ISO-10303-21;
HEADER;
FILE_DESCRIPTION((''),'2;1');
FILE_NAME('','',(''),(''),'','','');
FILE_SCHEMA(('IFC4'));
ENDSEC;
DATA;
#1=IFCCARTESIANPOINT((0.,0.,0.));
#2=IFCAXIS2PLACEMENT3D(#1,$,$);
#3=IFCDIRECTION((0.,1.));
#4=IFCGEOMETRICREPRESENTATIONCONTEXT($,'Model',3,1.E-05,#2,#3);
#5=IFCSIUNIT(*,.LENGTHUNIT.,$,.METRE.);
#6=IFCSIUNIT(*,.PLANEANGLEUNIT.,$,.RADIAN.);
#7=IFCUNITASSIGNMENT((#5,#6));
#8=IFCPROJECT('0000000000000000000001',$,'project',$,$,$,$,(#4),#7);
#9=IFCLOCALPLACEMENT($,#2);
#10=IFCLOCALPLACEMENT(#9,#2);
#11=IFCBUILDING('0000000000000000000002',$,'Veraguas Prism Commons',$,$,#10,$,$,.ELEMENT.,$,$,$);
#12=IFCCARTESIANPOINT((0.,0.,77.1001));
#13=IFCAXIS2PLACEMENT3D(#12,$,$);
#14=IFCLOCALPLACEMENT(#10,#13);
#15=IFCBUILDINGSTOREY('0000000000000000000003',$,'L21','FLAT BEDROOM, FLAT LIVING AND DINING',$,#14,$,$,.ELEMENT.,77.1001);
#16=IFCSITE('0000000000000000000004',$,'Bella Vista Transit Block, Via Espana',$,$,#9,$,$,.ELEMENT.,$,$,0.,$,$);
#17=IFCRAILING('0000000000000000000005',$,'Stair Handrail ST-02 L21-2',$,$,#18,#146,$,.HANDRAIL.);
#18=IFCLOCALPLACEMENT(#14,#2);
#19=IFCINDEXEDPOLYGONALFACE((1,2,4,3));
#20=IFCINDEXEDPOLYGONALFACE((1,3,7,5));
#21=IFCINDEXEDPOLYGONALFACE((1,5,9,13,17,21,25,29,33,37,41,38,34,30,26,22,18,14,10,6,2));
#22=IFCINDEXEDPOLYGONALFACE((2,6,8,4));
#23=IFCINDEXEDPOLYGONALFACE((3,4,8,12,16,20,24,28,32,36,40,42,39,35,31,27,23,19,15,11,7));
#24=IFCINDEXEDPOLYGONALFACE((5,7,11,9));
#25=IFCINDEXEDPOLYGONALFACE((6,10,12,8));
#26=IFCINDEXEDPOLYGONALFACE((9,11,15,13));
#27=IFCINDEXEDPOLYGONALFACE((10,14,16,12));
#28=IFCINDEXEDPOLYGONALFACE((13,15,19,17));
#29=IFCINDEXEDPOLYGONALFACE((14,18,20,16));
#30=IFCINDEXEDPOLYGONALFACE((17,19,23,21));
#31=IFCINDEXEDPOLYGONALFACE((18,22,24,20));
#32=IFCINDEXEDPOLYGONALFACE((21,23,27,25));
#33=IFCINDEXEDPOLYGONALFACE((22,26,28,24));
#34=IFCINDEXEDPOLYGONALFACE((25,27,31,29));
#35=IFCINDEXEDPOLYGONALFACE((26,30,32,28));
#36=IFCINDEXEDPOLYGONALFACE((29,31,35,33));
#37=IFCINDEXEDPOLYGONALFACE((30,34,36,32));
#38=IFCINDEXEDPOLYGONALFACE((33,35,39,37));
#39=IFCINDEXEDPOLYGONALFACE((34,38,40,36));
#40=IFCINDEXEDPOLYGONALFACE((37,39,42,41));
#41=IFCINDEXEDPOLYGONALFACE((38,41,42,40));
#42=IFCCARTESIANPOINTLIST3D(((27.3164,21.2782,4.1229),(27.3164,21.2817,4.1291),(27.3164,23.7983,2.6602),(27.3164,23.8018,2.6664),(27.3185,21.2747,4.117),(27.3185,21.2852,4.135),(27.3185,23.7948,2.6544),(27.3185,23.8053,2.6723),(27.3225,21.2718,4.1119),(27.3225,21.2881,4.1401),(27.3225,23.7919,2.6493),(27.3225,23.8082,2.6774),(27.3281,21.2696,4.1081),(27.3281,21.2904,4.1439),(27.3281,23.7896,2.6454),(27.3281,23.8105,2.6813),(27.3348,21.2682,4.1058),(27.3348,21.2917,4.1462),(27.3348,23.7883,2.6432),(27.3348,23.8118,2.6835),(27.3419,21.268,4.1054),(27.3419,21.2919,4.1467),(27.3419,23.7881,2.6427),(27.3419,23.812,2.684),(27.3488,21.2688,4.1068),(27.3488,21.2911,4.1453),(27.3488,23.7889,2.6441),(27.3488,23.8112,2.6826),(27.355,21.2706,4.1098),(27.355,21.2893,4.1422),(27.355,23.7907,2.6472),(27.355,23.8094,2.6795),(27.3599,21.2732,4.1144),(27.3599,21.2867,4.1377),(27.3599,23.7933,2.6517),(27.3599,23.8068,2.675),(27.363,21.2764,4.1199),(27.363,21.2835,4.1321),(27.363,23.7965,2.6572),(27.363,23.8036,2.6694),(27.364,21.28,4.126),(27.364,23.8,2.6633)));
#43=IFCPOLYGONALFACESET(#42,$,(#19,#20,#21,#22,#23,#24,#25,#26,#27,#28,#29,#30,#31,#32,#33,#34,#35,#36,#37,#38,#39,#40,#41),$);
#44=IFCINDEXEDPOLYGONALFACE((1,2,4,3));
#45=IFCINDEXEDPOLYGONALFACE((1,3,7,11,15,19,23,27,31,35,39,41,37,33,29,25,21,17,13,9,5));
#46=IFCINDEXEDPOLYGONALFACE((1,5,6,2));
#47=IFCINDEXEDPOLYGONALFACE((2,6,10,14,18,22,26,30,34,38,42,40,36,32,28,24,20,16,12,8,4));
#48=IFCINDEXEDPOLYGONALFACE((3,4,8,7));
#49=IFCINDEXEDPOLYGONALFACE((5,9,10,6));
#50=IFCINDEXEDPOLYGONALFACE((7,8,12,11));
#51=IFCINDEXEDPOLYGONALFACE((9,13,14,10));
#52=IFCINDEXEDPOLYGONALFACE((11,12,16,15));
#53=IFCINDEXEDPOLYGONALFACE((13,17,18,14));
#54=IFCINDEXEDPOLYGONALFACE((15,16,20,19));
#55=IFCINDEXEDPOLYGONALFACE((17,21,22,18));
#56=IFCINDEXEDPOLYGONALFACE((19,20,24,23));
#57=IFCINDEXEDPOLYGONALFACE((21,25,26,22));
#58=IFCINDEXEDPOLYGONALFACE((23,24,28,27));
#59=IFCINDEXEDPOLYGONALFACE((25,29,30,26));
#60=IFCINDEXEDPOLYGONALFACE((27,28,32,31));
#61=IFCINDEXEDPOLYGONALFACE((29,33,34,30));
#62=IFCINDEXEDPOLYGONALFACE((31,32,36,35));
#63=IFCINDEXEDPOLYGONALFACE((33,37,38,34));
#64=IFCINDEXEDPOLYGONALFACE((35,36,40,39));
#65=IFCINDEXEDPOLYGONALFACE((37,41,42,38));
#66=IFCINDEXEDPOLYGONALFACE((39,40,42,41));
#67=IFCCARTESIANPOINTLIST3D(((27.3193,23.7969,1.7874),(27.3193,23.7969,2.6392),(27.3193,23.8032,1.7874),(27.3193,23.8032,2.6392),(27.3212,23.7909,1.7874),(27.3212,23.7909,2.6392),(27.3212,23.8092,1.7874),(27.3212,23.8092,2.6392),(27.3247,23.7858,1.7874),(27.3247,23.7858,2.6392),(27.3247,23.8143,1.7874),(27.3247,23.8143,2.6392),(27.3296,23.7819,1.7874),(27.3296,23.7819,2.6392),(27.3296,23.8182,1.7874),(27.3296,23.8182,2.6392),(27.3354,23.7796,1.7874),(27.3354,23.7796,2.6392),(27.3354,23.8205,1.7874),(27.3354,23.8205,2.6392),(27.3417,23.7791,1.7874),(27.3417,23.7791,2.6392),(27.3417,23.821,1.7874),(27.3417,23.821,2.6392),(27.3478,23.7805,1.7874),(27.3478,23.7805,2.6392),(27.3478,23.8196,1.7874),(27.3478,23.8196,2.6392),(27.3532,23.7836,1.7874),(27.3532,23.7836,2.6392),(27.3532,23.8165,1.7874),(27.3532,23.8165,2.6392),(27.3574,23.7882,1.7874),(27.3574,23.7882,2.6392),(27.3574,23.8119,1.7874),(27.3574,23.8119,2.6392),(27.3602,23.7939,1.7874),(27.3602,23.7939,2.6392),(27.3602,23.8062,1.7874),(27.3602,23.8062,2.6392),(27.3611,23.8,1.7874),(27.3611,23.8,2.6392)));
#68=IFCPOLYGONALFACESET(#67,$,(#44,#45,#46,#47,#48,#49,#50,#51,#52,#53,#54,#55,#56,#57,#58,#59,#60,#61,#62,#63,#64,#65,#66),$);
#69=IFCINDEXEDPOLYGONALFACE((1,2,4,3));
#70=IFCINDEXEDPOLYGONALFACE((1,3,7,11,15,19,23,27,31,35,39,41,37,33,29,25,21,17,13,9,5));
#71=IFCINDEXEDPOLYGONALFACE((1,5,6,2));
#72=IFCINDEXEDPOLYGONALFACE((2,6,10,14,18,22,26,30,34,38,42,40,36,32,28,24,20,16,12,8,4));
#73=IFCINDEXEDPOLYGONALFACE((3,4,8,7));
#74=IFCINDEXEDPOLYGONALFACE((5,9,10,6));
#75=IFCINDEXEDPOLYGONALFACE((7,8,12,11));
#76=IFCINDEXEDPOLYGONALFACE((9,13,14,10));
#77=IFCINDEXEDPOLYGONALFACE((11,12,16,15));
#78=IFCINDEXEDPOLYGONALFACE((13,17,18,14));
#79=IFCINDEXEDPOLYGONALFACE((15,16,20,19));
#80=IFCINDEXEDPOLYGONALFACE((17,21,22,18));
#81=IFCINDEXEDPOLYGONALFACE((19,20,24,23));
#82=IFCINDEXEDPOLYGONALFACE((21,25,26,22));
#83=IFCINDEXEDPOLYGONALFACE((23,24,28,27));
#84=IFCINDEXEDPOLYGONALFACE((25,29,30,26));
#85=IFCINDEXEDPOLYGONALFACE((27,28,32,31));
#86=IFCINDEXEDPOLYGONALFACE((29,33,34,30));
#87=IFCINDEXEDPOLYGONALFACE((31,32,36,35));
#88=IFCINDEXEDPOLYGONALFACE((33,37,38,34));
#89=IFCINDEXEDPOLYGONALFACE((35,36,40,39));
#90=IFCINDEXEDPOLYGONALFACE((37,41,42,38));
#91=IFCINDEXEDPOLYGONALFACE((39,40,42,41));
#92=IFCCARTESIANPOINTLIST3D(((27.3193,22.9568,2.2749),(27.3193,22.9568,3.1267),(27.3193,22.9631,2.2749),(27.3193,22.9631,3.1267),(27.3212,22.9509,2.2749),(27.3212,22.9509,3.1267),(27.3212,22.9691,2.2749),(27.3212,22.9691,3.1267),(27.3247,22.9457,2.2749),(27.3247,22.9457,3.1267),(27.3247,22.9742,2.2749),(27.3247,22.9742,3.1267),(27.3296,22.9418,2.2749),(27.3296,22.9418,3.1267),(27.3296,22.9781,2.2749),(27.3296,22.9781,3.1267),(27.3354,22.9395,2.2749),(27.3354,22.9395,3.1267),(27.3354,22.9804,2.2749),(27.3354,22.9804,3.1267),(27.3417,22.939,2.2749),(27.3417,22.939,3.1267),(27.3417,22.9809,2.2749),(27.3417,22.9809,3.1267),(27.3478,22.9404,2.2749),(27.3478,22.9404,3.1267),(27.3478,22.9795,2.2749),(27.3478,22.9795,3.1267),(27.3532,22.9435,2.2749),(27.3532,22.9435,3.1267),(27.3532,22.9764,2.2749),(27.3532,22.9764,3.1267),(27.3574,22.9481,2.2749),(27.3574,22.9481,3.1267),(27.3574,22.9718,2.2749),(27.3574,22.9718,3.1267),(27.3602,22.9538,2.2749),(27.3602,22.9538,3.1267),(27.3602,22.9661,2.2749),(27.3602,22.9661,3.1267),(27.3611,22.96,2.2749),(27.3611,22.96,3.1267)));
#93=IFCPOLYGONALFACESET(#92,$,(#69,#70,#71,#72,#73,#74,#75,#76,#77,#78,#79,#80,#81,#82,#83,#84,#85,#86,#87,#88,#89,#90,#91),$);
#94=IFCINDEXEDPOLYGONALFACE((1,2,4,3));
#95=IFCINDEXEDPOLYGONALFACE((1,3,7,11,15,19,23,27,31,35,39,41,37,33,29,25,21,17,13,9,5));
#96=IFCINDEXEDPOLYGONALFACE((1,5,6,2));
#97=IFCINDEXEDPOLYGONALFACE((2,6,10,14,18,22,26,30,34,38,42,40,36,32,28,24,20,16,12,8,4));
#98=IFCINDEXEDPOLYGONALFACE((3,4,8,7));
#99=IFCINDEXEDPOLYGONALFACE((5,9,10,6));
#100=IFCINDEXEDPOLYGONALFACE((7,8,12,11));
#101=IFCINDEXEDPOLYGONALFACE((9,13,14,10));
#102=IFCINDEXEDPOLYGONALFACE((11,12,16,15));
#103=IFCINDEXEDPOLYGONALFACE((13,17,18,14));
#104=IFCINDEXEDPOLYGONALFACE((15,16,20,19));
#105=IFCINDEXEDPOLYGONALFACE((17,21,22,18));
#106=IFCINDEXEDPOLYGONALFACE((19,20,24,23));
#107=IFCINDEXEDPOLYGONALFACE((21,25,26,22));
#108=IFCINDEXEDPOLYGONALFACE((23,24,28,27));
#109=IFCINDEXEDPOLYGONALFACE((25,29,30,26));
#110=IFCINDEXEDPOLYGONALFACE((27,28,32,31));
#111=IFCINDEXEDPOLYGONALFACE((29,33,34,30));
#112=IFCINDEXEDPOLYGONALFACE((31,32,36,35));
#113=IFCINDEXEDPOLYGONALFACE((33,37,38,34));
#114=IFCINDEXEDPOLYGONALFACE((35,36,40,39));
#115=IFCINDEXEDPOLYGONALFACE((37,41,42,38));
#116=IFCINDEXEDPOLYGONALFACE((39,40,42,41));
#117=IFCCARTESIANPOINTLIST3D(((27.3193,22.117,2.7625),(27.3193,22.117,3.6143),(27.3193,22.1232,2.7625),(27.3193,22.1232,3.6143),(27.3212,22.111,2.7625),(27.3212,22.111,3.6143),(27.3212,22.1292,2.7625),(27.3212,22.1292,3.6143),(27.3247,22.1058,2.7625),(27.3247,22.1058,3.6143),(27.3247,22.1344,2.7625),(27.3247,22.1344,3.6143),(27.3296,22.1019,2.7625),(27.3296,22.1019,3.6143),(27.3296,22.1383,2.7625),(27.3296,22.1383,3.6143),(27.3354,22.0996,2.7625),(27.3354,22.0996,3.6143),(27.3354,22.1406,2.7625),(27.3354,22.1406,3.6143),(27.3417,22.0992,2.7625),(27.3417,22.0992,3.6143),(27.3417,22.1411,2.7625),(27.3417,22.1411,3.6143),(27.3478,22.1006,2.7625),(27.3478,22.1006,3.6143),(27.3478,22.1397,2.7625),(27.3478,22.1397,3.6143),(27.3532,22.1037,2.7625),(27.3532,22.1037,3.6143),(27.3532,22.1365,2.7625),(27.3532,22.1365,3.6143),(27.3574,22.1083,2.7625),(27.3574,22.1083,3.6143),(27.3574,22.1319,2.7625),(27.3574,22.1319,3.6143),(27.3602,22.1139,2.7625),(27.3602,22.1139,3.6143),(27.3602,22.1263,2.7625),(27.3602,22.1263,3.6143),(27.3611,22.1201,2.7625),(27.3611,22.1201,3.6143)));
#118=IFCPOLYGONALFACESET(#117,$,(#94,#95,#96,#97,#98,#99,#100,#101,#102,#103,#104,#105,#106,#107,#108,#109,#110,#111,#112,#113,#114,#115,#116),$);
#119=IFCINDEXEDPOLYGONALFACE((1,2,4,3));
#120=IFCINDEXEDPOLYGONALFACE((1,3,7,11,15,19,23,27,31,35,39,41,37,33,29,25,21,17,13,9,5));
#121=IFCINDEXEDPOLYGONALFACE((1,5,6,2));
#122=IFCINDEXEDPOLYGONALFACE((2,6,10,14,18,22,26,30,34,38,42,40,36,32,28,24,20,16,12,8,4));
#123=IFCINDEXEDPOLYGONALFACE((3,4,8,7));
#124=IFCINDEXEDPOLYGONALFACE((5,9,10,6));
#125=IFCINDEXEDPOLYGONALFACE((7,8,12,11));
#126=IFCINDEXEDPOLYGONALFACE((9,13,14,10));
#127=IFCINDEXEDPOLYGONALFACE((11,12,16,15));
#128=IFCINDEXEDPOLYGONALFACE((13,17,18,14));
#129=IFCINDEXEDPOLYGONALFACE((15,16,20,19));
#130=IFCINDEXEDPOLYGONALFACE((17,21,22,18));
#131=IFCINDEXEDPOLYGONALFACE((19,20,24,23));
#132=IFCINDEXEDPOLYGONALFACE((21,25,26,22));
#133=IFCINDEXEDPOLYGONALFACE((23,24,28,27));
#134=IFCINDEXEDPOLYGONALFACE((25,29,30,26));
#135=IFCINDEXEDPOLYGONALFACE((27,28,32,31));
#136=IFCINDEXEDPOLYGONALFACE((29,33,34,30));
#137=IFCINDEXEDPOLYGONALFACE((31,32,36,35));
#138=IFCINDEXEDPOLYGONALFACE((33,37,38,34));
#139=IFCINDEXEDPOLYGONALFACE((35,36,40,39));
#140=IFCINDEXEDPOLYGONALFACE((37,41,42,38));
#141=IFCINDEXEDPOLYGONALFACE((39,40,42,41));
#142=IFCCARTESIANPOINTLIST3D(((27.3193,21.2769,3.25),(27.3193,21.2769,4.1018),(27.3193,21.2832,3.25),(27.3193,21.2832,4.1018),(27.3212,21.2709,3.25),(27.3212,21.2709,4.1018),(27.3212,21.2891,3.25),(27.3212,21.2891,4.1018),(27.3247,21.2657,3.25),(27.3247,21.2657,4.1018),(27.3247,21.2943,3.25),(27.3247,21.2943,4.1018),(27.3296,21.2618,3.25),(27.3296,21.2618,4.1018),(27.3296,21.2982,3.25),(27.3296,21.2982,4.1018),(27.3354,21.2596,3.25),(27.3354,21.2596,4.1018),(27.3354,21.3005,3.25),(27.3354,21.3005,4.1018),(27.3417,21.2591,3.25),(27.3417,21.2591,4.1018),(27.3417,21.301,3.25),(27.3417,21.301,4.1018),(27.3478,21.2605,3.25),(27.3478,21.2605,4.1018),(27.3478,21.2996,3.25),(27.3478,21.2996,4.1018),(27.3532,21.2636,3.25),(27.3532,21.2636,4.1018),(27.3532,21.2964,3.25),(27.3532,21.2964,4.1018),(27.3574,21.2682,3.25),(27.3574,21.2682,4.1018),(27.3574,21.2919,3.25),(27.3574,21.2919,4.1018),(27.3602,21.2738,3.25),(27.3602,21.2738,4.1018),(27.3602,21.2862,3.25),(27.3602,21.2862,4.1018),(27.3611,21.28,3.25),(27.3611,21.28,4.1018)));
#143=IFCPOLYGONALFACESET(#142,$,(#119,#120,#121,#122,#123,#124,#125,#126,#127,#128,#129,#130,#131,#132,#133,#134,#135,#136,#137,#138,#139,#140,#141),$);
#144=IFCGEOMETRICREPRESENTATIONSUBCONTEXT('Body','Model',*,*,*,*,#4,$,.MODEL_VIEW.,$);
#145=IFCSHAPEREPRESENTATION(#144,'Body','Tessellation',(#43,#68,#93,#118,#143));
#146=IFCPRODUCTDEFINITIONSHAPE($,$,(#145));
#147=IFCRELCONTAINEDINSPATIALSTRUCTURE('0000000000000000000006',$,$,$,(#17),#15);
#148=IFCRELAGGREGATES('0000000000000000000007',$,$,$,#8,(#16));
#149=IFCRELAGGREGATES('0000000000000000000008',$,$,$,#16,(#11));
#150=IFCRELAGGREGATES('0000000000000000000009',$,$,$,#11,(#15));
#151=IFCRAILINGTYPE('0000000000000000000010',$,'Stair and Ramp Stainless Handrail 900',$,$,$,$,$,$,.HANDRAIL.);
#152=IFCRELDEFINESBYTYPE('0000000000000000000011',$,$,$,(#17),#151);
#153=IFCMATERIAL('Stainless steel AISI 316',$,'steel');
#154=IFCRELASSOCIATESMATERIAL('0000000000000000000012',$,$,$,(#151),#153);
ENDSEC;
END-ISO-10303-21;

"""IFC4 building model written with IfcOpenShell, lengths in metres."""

from ifc_helpers import new_model, si_unit, direction, frame, origin, origin_2d, place, context, subcontext, project, spatial, circle, extrude, material, type_object, element, save


model = new_model("IFC4")

# Units and contexts
model_context = context("Model", 3, precision=1e-05, world=origin(), true_north=direction((0.0, 1.0)))
body_context = subcontext(model_context, "Body", "Model", "MODEL_VIEW")
ifc_project = project(units=[si_unit("LENGTHUNIT", "METRE"), si_unit("PLANEANGLEUNIT", "RADIAN")], contexts=[model_context])

# Site, building, storey
site_placement = place(None, origin())
site = spatial("IfcSite", under=ifc_project, at=site_placement, Name="Bella Vista Transit Block, Via Espana", CompositionType="ELEMENT", RefElevation=0.0)
building_placement = place(site_placement, origin())
building = spatial("IfcBuilding", under=site, at=building_placement, Name="Veraguas Prism Commons", CompositionType="ELEMENT")
storey_placement = place(building_placement, frame((0.0, 0.0, 77.1001)))
storey = spatial("IfcBuildingStorey", under=building, at=storey_placement, Name="L21", Description="FLAT BEDROOM, FLAT LIVING AND DINING", CompositionType="ELEMENT", Elevation=77.1001)

# Shared definitions
ifc_material_1 = material(Name="Stainless steel AISI 316", Category="steel")

# Railing
railing_type_1 = type_object("IfcRailingType", Name="Stair and Ramp Stainless Handrail 900", PredefinedType="HANDRAIL", material=ifc_material_1)
railing_1_placement = place(storey_placement, frame((27.3401, 23.8, 1.7874)))
element("IfcRailing", 1, at=railing_1_placement, inside=storey, type_object=railing_type_1, Name="Stair Handrail ST-02 L21-2", PredefinedType="HANDRAIL", context=body_context, shape_type="SweptSolid", body=[
    extrude(circle(Radius=0.0239, at=origin_2d()), frame((0.0, 0.0, 0.876), z_axis=(0.0, -0.864877, 0.501984), x_axis=(1.0, 0.0, 0.0)), (0.0, 0.0, 1.0), 2.9138),
    extrude(circle(Radius=0.021, at=origin_2d()), origin(), (0.0, 0.0, 1.0), 0.8518),
    extrude(circle(Radius=0.021, at=origin_2d()), frame((0.0, -0.8401, 0.4875)), (0.0, 0.0, 1.0), 0.8518),
    extrude(circle(Radius=0.021, at=origin_2d()), frame((0.0, -1.6799, 0.9751)), (0.0, 0.0, 1.0), 0.8518),
    extrude(circle(Radius=0.021, at=origin_2d()), frame((0.0, -2.52, 1.4626)), (0.0, 0.0, 1.0), 0.8518),
])

save(model, "model.ifc")
